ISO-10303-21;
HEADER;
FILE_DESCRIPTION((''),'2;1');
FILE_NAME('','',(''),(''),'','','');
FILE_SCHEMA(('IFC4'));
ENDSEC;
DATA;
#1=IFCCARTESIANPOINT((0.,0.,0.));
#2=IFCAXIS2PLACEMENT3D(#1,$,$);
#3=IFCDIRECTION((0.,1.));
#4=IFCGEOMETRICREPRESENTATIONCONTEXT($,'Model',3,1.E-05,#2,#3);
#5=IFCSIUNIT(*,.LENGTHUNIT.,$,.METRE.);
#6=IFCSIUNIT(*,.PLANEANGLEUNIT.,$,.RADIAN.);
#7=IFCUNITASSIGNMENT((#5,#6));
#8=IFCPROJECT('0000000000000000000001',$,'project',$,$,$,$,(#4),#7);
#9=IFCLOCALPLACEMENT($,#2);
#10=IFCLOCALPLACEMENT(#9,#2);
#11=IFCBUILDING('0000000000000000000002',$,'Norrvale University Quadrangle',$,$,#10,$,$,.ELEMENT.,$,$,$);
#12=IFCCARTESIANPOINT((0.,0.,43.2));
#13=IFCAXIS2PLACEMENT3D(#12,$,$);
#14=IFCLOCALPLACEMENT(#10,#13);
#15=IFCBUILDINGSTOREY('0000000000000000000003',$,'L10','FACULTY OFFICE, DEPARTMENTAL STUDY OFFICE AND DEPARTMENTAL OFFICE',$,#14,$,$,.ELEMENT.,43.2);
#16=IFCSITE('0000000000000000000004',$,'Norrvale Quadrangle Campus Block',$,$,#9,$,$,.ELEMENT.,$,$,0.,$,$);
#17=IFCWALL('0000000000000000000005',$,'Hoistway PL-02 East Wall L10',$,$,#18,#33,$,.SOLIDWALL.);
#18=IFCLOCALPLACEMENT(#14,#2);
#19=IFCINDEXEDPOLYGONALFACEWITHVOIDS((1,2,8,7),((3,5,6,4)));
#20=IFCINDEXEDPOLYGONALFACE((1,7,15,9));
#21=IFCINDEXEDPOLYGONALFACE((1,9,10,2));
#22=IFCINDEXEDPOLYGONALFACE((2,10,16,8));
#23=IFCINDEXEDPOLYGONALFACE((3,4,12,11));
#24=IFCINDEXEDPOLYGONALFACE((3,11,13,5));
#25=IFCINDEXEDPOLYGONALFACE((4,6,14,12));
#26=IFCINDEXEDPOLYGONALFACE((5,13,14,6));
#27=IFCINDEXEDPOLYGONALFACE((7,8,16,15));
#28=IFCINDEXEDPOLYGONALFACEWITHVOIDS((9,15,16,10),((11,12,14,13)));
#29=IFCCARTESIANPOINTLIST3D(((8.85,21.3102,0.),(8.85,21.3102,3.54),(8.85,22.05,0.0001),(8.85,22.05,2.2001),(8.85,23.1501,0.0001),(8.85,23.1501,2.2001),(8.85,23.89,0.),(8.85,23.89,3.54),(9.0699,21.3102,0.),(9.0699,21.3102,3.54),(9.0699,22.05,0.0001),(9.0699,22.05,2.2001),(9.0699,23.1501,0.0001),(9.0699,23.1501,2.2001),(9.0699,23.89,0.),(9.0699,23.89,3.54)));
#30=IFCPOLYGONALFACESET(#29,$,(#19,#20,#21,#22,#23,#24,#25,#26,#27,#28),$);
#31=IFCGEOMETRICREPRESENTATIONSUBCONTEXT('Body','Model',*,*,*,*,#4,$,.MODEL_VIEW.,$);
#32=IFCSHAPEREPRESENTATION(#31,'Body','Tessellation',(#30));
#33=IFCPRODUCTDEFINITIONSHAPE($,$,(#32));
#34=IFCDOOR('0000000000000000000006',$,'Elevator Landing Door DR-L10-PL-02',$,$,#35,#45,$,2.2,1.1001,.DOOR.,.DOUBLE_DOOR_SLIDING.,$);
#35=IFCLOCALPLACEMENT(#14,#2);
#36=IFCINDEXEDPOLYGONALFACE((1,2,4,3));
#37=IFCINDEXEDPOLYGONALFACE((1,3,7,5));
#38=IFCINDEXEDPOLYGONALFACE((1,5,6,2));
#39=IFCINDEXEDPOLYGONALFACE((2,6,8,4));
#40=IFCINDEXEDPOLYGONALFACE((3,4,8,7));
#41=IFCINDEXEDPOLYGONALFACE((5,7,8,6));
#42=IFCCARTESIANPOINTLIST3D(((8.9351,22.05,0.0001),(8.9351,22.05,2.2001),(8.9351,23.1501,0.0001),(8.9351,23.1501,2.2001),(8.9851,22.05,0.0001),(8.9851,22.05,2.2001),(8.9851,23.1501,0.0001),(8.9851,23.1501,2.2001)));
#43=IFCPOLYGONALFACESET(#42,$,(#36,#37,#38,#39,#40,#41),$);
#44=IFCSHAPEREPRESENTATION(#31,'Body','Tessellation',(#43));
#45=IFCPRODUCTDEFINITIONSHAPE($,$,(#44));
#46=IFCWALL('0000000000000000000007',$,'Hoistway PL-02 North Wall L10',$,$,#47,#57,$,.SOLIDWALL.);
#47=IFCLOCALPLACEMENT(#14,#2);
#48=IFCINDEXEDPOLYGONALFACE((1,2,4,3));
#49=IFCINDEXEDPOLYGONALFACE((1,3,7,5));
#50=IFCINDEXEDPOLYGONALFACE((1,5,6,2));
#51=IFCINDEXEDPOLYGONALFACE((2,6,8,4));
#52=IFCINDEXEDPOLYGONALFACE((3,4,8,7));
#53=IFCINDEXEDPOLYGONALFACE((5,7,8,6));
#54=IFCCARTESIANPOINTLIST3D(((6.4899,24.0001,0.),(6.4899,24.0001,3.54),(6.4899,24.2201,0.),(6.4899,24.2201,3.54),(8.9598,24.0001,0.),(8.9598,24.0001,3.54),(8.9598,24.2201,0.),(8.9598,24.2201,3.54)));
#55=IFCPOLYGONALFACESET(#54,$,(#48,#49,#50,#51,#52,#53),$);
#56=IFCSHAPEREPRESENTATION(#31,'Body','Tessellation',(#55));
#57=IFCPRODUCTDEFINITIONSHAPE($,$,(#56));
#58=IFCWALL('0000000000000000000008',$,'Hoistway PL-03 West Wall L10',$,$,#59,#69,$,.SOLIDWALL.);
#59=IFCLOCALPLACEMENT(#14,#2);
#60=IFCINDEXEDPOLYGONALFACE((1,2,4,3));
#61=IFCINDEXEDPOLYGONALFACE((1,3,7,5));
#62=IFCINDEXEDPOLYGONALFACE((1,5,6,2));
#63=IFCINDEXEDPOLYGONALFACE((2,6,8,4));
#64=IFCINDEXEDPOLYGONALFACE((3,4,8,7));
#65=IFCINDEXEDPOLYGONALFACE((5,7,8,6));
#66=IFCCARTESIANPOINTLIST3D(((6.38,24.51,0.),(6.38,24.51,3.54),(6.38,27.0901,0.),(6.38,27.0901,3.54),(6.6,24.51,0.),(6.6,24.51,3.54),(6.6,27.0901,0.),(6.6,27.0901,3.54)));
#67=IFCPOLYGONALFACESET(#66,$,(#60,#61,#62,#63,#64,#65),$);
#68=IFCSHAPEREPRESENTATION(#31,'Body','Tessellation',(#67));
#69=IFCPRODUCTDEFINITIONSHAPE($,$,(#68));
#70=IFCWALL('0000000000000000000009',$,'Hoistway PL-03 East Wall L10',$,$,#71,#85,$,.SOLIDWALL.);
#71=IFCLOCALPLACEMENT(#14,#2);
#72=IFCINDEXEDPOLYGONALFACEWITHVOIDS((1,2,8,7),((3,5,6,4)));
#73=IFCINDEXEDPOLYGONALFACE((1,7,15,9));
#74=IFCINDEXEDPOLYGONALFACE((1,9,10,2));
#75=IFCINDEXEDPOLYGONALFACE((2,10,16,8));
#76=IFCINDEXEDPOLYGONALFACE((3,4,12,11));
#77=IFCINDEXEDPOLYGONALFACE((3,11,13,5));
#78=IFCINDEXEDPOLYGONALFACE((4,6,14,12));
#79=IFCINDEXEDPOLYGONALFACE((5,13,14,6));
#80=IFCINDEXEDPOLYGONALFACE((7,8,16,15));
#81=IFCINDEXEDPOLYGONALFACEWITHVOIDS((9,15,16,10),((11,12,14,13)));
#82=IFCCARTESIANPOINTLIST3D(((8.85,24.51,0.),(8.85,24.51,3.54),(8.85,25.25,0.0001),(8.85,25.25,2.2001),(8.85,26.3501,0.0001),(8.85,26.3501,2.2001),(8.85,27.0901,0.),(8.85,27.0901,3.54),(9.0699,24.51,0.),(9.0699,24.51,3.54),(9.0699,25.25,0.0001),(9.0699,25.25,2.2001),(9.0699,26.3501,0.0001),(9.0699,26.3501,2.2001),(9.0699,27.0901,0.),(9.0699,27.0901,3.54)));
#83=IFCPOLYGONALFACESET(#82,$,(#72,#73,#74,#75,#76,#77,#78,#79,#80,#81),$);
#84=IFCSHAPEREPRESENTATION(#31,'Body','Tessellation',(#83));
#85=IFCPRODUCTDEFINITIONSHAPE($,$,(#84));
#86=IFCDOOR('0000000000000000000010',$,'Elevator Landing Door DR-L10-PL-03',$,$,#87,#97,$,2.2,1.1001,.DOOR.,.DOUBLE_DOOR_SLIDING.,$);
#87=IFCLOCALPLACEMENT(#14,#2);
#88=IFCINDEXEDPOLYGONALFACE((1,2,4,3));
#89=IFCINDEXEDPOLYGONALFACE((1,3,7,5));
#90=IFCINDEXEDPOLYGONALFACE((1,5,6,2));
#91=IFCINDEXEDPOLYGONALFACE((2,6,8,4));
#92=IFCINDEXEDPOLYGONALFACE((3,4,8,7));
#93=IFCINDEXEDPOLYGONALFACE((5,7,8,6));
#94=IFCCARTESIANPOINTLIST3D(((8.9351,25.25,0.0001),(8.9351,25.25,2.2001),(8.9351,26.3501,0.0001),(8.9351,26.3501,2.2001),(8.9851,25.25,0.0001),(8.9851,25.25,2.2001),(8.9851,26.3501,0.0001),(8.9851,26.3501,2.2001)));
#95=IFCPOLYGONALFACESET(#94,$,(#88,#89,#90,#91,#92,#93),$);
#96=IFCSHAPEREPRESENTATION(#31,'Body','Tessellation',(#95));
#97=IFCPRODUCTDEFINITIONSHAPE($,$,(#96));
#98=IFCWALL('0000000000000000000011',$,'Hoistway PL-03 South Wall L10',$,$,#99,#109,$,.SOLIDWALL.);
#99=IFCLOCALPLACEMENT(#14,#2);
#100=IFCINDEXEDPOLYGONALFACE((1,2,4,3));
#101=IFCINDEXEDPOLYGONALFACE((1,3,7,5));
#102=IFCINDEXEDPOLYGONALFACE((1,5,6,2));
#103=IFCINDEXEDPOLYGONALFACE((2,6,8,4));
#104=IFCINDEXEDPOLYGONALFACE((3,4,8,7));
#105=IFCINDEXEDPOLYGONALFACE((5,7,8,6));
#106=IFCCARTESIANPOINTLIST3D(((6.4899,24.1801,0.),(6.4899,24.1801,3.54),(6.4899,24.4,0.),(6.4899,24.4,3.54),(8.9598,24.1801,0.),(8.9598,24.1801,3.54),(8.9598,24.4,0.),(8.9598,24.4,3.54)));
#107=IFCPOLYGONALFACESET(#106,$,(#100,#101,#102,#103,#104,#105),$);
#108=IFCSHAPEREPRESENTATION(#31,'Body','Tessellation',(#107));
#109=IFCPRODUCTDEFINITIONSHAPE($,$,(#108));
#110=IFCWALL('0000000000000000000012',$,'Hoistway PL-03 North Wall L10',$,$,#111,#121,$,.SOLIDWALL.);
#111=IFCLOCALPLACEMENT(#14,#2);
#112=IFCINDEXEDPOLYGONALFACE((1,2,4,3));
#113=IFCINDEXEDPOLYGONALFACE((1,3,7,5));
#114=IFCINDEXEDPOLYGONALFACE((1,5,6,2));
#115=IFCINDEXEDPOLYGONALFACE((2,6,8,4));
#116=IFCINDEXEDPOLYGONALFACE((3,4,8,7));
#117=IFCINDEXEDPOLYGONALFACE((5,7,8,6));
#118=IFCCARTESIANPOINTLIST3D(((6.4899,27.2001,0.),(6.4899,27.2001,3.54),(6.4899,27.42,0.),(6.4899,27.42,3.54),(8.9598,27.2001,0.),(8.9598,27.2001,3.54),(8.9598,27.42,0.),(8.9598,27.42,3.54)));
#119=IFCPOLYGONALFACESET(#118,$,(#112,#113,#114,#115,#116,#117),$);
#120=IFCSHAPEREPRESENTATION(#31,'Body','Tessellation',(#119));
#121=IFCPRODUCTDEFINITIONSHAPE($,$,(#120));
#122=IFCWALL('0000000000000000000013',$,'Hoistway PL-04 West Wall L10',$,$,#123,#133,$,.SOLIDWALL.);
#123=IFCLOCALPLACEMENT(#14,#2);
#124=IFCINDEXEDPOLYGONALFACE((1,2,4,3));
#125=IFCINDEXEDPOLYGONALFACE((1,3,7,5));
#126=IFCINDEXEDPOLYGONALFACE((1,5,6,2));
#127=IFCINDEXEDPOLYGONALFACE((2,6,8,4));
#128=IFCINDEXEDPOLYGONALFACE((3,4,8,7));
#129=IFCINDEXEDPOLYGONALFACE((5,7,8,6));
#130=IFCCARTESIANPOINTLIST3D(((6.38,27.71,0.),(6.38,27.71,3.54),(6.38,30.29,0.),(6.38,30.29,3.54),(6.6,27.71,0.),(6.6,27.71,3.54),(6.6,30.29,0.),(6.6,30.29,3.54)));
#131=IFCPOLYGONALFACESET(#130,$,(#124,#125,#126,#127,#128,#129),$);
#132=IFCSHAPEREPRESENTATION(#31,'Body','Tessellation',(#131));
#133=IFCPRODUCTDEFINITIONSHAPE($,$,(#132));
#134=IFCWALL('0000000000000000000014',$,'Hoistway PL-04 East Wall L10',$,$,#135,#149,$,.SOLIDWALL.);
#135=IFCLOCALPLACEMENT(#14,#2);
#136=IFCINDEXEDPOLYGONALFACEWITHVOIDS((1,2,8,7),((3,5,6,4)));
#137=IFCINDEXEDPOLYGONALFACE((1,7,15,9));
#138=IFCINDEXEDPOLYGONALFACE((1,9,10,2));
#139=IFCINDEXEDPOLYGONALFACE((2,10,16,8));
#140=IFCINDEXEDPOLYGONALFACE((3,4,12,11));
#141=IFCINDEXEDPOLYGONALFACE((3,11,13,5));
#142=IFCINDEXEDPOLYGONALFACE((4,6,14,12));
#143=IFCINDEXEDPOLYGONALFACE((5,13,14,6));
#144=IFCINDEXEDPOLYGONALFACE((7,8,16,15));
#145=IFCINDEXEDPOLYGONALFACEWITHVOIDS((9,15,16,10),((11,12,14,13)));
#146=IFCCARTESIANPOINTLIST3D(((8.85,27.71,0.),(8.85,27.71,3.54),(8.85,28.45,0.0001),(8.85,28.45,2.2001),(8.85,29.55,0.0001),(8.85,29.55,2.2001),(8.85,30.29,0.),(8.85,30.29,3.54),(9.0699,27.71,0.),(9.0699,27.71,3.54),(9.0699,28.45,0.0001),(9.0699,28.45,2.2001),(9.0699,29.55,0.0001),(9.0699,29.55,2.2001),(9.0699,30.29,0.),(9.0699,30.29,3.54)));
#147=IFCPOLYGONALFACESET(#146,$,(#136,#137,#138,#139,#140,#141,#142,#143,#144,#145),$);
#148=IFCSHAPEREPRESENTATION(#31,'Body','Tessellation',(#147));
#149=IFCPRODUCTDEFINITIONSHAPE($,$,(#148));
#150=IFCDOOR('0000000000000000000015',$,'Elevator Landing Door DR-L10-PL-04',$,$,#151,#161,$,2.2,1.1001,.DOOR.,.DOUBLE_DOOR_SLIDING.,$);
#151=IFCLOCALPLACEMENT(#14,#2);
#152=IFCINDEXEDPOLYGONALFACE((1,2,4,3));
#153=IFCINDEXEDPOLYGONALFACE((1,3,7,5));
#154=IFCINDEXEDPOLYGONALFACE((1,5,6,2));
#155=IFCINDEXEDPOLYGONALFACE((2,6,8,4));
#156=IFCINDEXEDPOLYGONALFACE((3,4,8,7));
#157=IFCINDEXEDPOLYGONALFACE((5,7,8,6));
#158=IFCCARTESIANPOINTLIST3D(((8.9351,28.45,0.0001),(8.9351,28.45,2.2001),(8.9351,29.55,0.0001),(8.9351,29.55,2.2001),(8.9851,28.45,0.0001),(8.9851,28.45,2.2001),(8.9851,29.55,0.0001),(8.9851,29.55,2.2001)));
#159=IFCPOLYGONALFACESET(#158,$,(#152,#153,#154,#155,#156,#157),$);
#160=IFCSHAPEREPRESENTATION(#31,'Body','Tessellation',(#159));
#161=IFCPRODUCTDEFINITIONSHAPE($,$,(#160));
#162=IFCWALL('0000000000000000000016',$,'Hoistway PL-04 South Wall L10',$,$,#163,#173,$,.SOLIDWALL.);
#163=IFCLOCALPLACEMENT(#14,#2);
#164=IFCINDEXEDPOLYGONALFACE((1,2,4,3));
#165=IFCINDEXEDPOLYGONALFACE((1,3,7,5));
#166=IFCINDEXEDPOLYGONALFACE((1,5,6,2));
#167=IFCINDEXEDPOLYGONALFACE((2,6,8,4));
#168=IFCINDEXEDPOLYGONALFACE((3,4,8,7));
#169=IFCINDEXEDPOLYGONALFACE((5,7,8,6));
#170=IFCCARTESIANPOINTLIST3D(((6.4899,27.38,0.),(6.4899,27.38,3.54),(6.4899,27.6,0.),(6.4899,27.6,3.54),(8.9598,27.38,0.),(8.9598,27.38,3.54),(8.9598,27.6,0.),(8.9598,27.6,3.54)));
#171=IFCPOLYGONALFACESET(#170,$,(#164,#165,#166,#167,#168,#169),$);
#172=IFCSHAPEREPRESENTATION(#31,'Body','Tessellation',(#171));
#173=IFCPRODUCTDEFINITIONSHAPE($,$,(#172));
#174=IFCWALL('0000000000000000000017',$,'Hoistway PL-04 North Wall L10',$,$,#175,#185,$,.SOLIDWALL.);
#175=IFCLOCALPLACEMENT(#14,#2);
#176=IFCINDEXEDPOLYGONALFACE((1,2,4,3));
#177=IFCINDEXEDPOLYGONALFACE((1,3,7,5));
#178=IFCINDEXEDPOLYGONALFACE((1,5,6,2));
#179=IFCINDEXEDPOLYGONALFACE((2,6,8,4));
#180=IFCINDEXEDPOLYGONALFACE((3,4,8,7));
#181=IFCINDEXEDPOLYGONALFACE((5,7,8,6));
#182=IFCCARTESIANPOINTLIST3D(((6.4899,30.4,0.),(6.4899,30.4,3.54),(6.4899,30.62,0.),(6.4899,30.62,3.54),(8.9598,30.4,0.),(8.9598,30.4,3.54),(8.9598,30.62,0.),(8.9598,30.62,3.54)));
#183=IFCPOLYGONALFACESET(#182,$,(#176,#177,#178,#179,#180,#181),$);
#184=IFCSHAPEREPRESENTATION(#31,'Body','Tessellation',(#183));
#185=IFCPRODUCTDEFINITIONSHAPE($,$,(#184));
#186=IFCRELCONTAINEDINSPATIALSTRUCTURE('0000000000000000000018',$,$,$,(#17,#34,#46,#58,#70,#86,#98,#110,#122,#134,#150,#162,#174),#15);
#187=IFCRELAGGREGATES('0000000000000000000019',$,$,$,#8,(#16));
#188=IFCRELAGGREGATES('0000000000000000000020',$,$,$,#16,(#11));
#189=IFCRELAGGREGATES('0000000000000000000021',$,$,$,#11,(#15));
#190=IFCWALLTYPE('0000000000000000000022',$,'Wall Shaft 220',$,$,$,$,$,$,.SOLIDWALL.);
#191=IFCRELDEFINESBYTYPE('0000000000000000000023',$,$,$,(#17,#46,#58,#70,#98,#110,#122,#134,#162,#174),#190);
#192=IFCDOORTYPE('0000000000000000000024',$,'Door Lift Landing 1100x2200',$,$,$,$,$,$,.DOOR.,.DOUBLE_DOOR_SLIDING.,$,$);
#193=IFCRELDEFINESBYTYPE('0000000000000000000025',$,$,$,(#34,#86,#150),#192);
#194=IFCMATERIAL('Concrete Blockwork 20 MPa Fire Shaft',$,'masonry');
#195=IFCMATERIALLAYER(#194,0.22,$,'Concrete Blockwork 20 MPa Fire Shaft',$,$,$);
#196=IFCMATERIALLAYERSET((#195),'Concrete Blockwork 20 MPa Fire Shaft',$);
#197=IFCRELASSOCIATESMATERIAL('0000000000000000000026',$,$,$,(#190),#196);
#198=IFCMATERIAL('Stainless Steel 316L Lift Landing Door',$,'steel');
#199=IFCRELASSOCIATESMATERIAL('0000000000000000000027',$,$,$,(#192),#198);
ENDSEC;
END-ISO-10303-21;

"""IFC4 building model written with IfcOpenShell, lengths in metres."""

from ifc_helpers import new_model, si_unit, direction, frame, frame_2d, origin, place, context, subcontext, project, spatial, rectangle, extrude, material, layer, layer_set, type_object, element, fill, save


model = new_model("IFC4")

# Units and contexts
model_context = context("Model", 3, precision=1e-05, world=origin(), true_north=direction((0.0, 1.0)))
body_context = subcontext(model_context, "Body", "Model", "MODEL_VIEW")
ifc_project = project(units=[si_unit("LENGTHUNIT", "METRE"), si_unit("PLANEANGLEUNIT", "RADIAN")], contexts=[model_context])

# Site, building, storey
site_placement = place(None, origin())
site = spatial("IfcSite", under=ifc_project, at=site_placement, Name="Norrvale Quadrangle Campus Block", CompositionType="ELEMENT", RefElevation=0.0)
building_placement = place(site_placement, origin())
building = spatial("IfcBuilding", under=site, at=building_placement, Name="Norrvale University Quadrangle", CompositionType="ELEMENT")
storey_placement = place(building_placement, frame((0.0, 0.0, 43.2)))
storey = spatial("IfcBuildingStorey", under=building, at=storey_placement, Name="L10", Description="FACULTY OFFICE, DEPARTMENTAL STUDY OFFICE AND DEPARTMENTAL OFFICE", CompositionType="ELEMENT", Elevation=43.2)

# Wall, opening, door
ifc_material_1 = material(Name="Concrete Blockwork 20 MPa Fire Shaft", Category="masonry")
ifc_layer_1 = layer(ifc_material_1, 0.22, Name="Concrete Blockwork 20 MPa Fire Shaft")
ifc_layer_set_1 = layer_set([ifc_layer_1], Name="Concrete Blockwork 20 MPa Fire Shaft")
wall_type_1 = type_object("IfcWallType", Name="Wall Shaft 220", PredefinedType="SOLIDWALL", material=ifc_layer_set_1)
wall_1_placement = place(storey_placement, frame((8.96, 21.3101, 0.0), z_axis=(0.0, 0.0, 1.0), x_axis=(0.0, 1.0, 0.0)))
wall_1 = element("IfcWall", 1, at=wall_1_placement, inside=storey, type_object=wall_type_1, Name="Hoistway PL-02 East Wall L10", PredefinedType="SOLIDWALL", context=body_context, shape_type="SweptSolid", body=[
    extrude(rectangle(XDim=2.5798, YDim=0.22, at=frame_2d((1.29, 0.0))), origin(), (0.0, 0.0, 1.0), 3.54),
])
opening_1_placement = place(wall_1_placement, frame((0.74, 0.0, 0.0)))
opening_1 = element("IfcOpeningElement", 2, at=opening_1_placement, cuts=wall_1, PredefinedType="OPENING", context=body_context, shape_type="SweptSolid", body=[
    extrude(rectangle(XDim=1.1001, YDim=2.2, at=frame_2d((0.55, 1.1001))), frame((0.0, 0.1221, 0.0), z_axis=(0.0, -1.0, 0.0), x_axis=(1.0, 0.0, 0.0)), (0.0, 0.0, 1.0), 0.2439),
])
ifc_material_2 = material(Name="Stainless Steel 316L Lift Landing Door", Category="steel")
door_type_1 = type_object("IfcDoorType", Name="Door Lift Landing 1100x2200", OperationType="DOUBLE_DOOR_SLIDING", PredefinedType="DOOR", material=ifc_material_2)
door_1_placement = place(opening_1_placement, origin())
door_1 = element("IfcDoor", 3, at=door_1_placement, inside=storey, type_object=door_type_1, Name="Elevator Landing Door DR-L10-PL-02", OperationType="DOUBLE_DOOR_SLIDING", OverallHeight=2.2, OverallWidth=1.1001, PredefinedType="DOOR", context=body_context, shape_type="SweptSolid", body=[
    extrude(rectangle(XDim=1.1001, YDim=2.2, at=frame_2d((0.55, 1.1001))), frame((0.0, 0.0249, 0.0), z_axis=(0.0, -1.0, 0.0), x_axis=(1.0, 0.0, 0.0)), (0.0, 0.0, 1.0), 0.05),
])
fill(opening_1, door_1)

# Walls
wall_2_placement = place(storey_placement, frame((6.49, 24.1101, 0.0), z_axis=(0.0, 0.0, 1.0), x_axis=(1.0, 0.0, 0.0)))
element("IfcWall", 4, at=wall_2_placement, inside=storey, type_object=wall_type_1, Name="Hoistway PL-02 North Wall L10", PredefinedType="SOLIDWALL", context=body_context, shape_type="SweptSolid", body=[
    extrude(rectangle(XDim=2.47, YDim=0.22, at=frame_2d((1.2349, 0.0))), origin(), (0.0, 0.0, 1.0), 3.54),
])
wall_3_placement = place(storey_placement, frame((6.49, 24.51, 0.0), z_axis=(0.0, 0.0, 1.0), x_axis=(0.0, 1.0, 0.0)))
element("IfcWall", 5, at=wall_3_placement, inside=storey, type_object=wall_type_1, Name="Hoistway PL-03 West Wall L10", PredefinedType="SOLIDWALL", context=body_context, shape_type="SweptSolid", body=[
    extrude(rectangle(XDim=2.5801, YDim=0.22, at=frame_2d((1.29, 0.0))), origin(), (0.0, 0.0, 1.0), 3.54),
])

# Wall, opening, door
wall_4_placement = place(storey_placement, frame((8.96, 24.51, 0.0), z_axis=(0.0, 0.0, 1.0), x_axis=(0.0, 1.0, 0.0)))
wall_4 = element("IfcWall", 6, at=wall_4_placement, inside=storey, type_object=wall_type_1, Name="Hoistway PL-03 East Wall L10", PredefinedType="SOLIDWALL", context=body_context, shape_type="SweptSolid", body=[
    extrude(rectangle(XDim=2.5801, YDim=0.22, at=frame_2d((1.29, 0.0))), origin(), (0.0, 0.0, 1.0), 3.54),
])
opening_2_placement = place(wall_4_placement, frame((0.74, 0.0, 0.0)))
opening_2 = element("IfcOpeningElement", 7, at=opening_2_placement, cuts=wall_4, PredefinedType="OPENING", context=body_context, shape_type="SweptSolid", body=[
    extrude(rectangle(XDim=1.1001, YDim=2.2, at=frame_2d((0.55, 1.1001))), frame((0.0, 0.1221, 0.0), z_axis=(0.0, -1.0, 0.0), x_axis=(1.0, 0.0, 0.0)), (0.0, 0.0, 1.0), 0.2439),
])
door_2_placement = place(opening_2_placement, origin())
door_2 = element("IfcDoor", 8, at=door_2_placement, inside=storey, type_object=door_type_1, Name="Elevator Landing Door DR-L10-PL-03", OperationType="DOUBLE_DOOR_SLIDING", OverallHeight=2.2, OverallWidth=1.1001, PredefinedType="DOOR", context=body_context, shape_type="SweptSolid", body=[
    extrude(rectangle(XDim=1.1001, YDim=2.2, at=frame_2d((0.55, 1.1001))), frame((0.0, 0.0249, 0.0), z_axis=(0.0, -1.0, 0.0), x_axis=(1.0, 0.0, 0.0)), (0.0, 0.0, 1.0), 0.05),
])
fill(opening_2, door_2)

# Walls
for number, where, z_axis, x_axis, name in (
    (9, (6.49, 24.29, 0.0), (0.0, 0.0, 1.0), (1.0, 0.0, 0.0), "Hoistway PL-03 South Wall L10"),
    (10, (6.49, 27.3101, 0.0), (0.0, 0.0, 1.0), (1.0, 0.0, 0.0), "Hoistway PL-03 North Wall L10"),
):
    element("IfcWall", number, at=place(storey_placement, frame(where, z_axis=z_axis, x_axis=x_axis)), inside=storey, type_object=wall_type_1, Name=name, PredefinedType="SOLIDWALL", context=body_context, shape_type="SweptSolid", body=[
        extrude(rectangle(XDim=2.47, YDim=0.22, at=frame_2d((1.2349, 0.0))), origin(), (0.0, 0.0, 1.0), 3.54),
    ])
wall_5_placement = place(storey_placement, frame((6.49, 27.71, 0.0), z_axis=(0.0, 0.0, 1.0), x_axis=(0.0, 1.0, 0.0)))
element("IfcWall", 11, at=wall_5_placement, inside=storey, type_object=wall_type_1, Name="Hoistway PL-04 West Wall L10", PredefinedType="SOLIDWALL", context=body_context, shape_type="SweptSolid", body=[
    extrude(rectangle(XDim=2.5801, YDim=0.22, at=frame_2d((1.29, 0.0))), origin(), (0.0, 0.0, 1.0), 3.54),
])

# Wall, opening, door
wall_6_placement = place(storey_placement, frame((8.96, 27.71, 0.0), z_axis=(0.0, 0.0, 1.0), x_axis=(0.0, 1.0, 0.0)))
wall_6 = element("IfcWall", 12, at=wall_6_placement, inside=storey, type_object=wall_type_1, Name="Hoistway PL-04 East Wall L10", PredefinedType="SOLIDWALL", context=body_context, shape_type="SweptSolid", body=[
    extrude(rectangle(XDim=2.5801, YDim=0.22, at=frame_2d((1.29, 0.0))), origin(), (0.0, 0.0, 1.0), 3.54),
])
opening_3_placement = place(wall_6_placement, frame((0.74, 0.0, 0.0)))
opening_3 = element("IfcOpeningElement", 13, at=opening_3_placement, cuts=wall_6, PredefinedType="OPENING", context=body_context, shape_type="SweptSolid", body=[
    extrude(rectangle(XDim=1.1001, YDim=2.2, at=frame_2d((0.55, 1.1001))), frame((0.0, 0.1221, 0.0), z_axis=(0.0, -1.0, 0.0), x_axis=(1.0, 0.0, 0.0)), (0.0, 0.0, 1.0), 0.2439),
])
door_3_placement = place(opening_3_placement, origin())
door_3 = element("IfcDoor", 14, at=door_3_placement, inside=storey, type_object=door_type_1, Name="Elevator Landing Door DR-L10-PL-04", OperationType="DOUBLE_DOOR_SLIDING", OverallHeight=2.2, OverallWidth=1.1001, PredefinedType="DOOR", context=body_context, shape_type="SweptSolid", body=[
    extrude(rectangle(XDim=1.1001, YDim=2.2, at=frame_2d((0.55, 1.1001))), frame((0.0, 0.0249, 0.0), z_axis=(0.0, -1.0, 0.0), x_axis=(1.0, 0.0, 0.0)), (0.0, 0.0, 1.0), 0.05),
])
fill(opening_3, door_3)

# Walls
for number, where, z_axis, x_axis, name in (
    (15, (6.49, 27.49, 0.0), (0.0, 0.0, 1.0), (1.0, 0.0, 0.0), "Hoistway PL-04 South Wall L10"),
    (16, (6.49, 30.51, 0.0), (0.0, 0.0, 1.0), (1.0, 0.0, 0.0), "Hoistway PL-04 North Wall L10"),
):
    element("IfcWall", number, at=place(storey_placement, frame(where, z_axis=z_axis, x_axis=x_axis)), inside=storey, type_object=wall_type_1, Name=name, PredefinedType="SOLIDWALL", context=body_context, shape_type="SweptSolid", body=[
        extrude(rectangle(XDim=2.47, YDim=0.22, at=frame_2d((1.2349, 0.0))), origin(), (0.0, 0.0, 1.0), 3.54),
    ])

save(model, "model.ifc")
